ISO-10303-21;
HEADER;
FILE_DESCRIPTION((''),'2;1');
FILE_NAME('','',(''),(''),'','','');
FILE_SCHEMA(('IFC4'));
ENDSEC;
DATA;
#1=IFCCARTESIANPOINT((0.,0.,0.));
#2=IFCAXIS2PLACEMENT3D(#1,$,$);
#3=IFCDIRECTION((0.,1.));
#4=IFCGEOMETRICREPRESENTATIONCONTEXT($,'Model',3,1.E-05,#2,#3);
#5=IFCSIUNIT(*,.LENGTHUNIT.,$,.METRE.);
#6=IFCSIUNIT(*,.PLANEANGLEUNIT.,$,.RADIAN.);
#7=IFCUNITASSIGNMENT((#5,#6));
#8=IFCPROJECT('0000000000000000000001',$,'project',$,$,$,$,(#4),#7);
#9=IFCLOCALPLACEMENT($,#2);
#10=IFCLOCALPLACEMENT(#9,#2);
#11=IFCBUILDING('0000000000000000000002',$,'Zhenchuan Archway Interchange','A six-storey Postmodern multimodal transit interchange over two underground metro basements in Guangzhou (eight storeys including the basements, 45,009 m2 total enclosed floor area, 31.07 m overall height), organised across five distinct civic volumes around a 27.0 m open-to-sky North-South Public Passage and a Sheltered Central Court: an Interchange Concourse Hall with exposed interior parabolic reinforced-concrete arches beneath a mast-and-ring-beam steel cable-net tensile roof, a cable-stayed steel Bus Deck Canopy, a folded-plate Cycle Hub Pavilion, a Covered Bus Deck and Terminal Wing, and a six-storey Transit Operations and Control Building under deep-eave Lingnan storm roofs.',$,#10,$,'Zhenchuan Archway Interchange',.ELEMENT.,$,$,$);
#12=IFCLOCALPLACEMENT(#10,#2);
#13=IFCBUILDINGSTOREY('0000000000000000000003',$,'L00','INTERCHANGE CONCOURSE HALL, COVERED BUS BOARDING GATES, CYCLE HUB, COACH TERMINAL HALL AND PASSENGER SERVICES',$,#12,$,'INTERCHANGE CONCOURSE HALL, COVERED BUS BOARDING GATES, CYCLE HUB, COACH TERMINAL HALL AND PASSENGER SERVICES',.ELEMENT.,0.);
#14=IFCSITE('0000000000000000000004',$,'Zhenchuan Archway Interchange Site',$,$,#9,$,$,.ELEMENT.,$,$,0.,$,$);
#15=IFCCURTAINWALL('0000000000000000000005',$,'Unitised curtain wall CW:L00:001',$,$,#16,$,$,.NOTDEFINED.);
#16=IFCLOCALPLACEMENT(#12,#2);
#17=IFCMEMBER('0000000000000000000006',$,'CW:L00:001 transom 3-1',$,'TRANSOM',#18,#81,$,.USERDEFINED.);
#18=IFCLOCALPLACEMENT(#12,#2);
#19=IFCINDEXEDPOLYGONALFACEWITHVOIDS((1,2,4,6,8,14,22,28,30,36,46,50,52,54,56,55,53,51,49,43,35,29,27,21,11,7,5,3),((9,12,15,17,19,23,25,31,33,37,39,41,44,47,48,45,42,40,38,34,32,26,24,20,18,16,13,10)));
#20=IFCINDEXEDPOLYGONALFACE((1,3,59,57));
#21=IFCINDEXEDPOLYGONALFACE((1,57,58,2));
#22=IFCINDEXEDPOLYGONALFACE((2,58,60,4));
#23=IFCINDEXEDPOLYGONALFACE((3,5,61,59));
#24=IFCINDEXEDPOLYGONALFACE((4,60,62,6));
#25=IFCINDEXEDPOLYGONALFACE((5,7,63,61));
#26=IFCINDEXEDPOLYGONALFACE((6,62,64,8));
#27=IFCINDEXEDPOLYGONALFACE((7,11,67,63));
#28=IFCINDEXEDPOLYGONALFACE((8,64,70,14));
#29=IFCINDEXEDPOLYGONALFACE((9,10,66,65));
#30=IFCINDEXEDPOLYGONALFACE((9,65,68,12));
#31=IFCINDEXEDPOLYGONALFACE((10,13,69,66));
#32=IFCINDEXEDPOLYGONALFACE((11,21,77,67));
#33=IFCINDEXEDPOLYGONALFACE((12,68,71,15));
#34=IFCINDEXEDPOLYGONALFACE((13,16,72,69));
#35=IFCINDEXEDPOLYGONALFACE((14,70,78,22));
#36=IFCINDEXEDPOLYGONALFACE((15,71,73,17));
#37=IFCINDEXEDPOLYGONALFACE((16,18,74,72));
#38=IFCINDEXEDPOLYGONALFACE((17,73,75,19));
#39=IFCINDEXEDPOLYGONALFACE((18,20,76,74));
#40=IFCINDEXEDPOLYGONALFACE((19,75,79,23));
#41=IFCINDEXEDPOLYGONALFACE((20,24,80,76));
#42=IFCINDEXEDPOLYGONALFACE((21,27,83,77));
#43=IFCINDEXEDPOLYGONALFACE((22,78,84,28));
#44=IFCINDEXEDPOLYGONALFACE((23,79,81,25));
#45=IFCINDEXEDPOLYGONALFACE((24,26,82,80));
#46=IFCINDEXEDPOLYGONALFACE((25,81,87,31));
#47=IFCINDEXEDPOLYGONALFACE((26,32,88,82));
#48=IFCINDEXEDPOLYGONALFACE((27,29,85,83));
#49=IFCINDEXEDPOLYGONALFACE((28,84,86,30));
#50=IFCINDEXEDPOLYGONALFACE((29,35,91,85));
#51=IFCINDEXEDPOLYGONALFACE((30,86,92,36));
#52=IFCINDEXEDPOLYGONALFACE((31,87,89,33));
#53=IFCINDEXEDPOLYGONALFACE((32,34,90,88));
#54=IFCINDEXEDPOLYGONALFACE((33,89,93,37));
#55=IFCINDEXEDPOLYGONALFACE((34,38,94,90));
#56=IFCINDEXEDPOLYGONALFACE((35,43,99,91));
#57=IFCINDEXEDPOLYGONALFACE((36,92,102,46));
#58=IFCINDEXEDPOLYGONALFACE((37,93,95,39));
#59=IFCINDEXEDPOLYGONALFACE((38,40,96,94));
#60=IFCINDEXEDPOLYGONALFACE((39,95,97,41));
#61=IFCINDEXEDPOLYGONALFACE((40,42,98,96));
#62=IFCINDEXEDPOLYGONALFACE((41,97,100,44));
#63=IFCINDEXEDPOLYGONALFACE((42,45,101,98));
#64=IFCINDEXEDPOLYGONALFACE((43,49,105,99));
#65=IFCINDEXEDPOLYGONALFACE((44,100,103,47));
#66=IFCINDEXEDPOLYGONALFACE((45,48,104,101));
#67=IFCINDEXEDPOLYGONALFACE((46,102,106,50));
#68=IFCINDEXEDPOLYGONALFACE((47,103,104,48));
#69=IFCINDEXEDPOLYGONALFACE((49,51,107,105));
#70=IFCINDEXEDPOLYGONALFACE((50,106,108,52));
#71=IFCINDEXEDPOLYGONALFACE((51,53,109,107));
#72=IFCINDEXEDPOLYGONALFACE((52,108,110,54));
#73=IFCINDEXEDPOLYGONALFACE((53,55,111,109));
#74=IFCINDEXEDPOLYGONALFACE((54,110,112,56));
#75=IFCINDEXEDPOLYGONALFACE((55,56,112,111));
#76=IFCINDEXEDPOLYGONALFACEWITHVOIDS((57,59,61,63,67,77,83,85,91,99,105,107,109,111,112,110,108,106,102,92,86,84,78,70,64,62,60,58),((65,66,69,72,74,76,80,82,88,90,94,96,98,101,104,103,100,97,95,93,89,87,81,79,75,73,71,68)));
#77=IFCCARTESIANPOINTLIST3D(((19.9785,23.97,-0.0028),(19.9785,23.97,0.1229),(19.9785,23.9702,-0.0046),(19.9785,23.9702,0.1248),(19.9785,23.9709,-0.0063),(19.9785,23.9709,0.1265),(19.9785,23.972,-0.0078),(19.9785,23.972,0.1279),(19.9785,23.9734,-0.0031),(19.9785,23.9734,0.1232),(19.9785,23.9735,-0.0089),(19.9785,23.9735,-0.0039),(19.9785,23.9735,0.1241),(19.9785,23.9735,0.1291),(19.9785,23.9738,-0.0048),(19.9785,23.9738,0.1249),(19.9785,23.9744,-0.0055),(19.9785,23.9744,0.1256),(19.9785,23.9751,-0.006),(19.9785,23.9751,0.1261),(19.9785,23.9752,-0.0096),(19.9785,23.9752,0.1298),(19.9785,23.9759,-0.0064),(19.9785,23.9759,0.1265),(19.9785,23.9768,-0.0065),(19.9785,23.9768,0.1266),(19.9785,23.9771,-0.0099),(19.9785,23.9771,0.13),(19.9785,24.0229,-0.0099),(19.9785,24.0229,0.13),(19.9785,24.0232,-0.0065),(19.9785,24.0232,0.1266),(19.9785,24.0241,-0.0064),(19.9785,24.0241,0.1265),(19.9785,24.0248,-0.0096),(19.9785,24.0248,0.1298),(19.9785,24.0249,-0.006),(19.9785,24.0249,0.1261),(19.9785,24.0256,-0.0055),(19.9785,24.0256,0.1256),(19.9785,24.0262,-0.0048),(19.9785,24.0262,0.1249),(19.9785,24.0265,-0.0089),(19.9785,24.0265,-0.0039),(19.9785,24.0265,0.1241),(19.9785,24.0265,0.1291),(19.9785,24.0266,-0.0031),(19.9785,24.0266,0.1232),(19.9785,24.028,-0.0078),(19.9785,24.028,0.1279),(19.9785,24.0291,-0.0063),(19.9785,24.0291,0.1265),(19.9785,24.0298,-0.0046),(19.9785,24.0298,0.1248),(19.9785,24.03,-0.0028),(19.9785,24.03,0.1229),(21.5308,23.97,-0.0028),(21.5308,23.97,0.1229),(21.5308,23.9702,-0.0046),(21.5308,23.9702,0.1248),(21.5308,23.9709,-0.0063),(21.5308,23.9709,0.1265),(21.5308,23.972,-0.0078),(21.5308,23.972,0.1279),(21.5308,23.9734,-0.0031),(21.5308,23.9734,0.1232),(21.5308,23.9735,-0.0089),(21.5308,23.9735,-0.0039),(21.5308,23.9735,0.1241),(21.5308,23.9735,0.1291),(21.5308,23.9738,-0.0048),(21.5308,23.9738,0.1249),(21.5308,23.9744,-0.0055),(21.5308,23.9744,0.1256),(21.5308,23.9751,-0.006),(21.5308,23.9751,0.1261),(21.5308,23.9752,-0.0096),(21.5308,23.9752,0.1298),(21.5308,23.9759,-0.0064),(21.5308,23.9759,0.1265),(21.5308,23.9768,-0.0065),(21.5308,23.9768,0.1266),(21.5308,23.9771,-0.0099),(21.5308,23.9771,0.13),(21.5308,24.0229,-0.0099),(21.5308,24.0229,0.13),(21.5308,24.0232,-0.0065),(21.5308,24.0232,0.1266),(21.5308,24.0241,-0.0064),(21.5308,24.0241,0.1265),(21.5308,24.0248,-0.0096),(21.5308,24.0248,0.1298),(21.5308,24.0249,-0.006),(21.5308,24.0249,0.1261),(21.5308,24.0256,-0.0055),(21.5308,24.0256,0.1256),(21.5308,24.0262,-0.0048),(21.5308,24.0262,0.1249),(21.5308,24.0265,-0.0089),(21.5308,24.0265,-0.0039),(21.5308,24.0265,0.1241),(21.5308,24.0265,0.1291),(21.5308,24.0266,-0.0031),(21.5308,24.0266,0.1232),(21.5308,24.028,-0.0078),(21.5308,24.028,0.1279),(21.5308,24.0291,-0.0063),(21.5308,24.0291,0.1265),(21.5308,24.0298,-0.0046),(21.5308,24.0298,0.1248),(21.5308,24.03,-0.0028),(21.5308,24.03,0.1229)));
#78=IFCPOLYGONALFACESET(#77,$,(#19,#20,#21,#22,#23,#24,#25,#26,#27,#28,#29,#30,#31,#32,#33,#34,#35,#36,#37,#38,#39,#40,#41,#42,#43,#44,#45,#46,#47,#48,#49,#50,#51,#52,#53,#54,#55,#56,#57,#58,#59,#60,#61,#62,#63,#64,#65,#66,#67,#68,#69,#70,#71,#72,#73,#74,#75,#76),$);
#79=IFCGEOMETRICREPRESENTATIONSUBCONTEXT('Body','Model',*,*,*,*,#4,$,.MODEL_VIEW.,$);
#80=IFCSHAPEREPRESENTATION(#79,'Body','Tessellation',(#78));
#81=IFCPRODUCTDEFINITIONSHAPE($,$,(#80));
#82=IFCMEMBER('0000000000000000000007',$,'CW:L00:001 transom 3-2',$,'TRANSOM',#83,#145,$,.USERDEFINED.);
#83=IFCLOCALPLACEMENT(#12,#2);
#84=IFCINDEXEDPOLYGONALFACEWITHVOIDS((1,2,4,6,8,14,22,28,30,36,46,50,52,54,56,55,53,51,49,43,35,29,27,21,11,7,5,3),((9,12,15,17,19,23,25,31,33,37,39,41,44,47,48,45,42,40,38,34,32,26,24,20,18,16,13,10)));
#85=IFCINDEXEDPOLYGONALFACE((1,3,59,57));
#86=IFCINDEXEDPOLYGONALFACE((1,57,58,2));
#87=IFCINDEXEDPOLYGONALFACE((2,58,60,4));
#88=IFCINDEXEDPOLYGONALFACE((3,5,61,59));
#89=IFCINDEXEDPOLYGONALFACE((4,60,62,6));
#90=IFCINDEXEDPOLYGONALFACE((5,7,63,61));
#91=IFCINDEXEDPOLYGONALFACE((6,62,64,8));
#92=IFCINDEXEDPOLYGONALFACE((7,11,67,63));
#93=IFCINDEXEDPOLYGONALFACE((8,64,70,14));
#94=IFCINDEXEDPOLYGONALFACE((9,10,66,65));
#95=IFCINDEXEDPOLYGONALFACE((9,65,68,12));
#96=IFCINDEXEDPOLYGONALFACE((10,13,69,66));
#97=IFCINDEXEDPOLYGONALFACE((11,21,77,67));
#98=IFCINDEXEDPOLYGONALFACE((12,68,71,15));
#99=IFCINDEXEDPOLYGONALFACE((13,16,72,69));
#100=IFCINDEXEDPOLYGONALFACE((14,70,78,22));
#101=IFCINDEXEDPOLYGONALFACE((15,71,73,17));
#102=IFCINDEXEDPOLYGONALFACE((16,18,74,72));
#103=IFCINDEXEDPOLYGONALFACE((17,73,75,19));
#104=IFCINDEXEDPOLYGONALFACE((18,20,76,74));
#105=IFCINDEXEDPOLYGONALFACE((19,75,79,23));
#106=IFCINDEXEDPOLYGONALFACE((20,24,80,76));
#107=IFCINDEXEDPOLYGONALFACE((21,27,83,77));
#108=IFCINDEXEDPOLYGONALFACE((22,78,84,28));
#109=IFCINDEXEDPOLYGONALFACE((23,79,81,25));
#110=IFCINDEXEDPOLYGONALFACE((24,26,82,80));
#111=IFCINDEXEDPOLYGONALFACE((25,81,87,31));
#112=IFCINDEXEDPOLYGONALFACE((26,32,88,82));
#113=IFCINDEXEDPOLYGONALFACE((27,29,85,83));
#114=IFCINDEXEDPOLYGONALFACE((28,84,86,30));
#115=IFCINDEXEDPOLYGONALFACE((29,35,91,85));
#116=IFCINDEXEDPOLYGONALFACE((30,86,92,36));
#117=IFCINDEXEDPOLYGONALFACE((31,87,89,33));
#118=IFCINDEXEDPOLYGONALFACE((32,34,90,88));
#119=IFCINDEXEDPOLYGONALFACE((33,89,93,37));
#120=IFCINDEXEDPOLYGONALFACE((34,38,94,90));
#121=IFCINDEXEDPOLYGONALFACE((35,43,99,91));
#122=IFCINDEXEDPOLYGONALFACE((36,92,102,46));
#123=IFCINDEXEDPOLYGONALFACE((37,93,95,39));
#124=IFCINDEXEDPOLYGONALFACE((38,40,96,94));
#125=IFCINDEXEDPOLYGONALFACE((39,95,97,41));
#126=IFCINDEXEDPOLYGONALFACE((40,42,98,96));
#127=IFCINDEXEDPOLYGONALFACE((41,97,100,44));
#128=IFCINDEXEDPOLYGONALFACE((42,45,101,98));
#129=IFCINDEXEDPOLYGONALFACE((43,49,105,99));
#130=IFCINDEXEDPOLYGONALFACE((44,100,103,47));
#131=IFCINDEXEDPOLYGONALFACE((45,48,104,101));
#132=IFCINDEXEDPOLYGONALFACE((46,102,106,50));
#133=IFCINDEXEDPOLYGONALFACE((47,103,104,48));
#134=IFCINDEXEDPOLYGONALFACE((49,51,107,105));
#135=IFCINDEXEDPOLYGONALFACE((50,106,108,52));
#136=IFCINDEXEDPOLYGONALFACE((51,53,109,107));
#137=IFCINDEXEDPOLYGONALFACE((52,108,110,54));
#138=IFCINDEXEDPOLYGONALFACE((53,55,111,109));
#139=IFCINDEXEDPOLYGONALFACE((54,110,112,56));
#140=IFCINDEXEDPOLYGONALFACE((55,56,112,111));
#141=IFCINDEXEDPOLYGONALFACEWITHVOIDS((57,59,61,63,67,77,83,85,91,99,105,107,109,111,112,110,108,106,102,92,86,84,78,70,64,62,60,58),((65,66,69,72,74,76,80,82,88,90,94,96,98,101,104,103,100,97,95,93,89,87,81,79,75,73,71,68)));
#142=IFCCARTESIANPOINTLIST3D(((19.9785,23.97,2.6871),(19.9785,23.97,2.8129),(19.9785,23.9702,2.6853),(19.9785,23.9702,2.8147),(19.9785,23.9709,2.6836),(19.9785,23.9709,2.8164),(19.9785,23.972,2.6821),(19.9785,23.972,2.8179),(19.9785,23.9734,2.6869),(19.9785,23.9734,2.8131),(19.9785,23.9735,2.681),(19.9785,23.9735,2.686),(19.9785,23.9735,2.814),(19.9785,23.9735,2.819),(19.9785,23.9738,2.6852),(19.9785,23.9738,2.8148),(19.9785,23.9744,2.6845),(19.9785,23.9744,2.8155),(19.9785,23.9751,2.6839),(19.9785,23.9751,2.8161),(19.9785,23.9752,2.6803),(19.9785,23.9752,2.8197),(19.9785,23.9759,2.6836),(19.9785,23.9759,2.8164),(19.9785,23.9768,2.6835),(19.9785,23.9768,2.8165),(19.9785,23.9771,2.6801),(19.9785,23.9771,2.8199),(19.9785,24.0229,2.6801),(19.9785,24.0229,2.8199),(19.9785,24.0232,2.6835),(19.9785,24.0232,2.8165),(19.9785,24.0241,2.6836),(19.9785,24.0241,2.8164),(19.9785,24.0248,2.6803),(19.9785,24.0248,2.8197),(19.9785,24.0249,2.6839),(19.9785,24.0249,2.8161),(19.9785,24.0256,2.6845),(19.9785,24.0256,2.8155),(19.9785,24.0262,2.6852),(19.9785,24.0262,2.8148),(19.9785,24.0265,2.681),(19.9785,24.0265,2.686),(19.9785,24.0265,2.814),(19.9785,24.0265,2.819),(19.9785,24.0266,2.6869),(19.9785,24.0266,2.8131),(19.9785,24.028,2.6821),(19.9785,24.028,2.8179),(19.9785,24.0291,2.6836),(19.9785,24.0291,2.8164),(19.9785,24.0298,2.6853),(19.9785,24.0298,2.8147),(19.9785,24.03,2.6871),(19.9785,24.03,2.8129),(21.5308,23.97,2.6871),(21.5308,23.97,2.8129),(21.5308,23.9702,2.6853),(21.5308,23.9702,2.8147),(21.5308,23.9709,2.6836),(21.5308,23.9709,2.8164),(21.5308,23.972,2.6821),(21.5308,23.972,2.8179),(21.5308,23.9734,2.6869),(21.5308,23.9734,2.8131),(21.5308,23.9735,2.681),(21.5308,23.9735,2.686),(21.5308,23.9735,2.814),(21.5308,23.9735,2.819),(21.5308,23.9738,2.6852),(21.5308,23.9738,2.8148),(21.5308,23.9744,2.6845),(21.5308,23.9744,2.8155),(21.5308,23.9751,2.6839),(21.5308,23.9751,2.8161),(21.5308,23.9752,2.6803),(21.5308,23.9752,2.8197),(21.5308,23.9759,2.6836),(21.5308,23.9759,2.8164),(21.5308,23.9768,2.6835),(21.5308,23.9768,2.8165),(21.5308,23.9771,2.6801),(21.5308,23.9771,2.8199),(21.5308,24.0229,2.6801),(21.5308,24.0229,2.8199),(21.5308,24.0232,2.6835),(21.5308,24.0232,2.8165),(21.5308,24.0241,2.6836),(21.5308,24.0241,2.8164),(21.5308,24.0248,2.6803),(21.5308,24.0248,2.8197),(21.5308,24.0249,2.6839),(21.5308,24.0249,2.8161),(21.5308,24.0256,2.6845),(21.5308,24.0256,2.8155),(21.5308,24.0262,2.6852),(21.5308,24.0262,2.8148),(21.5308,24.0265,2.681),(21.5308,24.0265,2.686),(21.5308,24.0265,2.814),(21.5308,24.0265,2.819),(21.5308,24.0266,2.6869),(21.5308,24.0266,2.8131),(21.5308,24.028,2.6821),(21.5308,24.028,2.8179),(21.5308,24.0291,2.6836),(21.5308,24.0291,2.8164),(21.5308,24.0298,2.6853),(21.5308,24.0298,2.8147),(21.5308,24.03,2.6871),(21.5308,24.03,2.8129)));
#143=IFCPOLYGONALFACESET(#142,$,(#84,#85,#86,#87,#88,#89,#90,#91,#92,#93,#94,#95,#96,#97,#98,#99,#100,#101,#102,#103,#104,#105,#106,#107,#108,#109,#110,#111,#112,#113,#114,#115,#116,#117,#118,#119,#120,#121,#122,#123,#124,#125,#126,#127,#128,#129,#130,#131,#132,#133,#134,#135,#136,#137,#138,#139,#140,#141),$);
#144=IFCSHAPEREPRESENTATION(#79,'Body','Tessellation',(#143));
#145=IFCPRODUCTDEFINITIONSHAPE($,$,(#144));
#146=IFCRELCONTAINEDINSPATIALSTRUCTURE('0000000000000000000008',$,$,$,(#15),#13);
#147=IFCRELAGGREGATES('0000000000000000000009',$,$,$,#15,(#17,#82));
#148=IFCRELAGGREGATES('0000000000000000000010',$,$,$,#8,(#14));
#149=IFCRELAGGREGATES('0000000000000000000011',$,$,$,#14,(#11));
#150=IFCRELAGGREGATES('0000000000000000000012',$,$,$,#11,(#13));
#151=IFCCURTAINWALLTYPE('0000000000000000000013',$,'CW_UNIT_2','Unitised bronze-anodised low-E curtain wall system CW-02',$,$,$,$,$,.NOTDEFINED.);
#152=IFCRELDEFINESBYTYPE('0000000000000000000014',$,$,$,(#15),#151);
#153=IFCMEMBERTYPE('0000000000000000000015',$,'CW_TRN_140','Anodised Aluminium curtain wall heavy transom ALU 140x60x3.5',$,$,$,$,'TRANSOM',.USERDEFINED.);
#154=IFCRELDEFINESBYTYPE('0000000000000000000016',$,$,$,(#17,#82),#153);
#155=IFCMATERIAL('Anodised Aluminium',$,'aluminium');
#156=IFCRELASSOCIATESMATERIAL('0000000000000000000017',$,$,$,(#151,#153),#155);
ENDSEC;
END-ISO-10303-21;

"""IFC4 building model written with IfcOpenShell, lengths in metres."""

from ifc_helpers import new_model, si_unit, direction, frame, origin, origin_2d, place, context, subcontext, project, spatial, hollow_rectangle, extrude, material, material_profile, profile_set, type_object, element, aggregate, save


model = new_model("IFC4")

# Units and contexts
model_context = context("Model", 3, precision=1e-05, world=origin(), true_north=direction((0.0, 1.0)))
body_context = subcontext(model_context, "Body", "Model", "MODEL_VIEW")
ifc_project = project(units=[si_unit("LENGTHUNIT", "METRE"), si_unit("PLANEANGLEUNIT", "RADIAN")], contexts=[model_context])

# Site, building, storey
site_placement = place(None, origin())
site = spatial("IfcSite", under=ifc_project, at=site_placement, Name="Zhenchuan Archway Interchange Site", CompositionType="ELEMENT", RefElevation=0.0)
building_placement = place(site_placement, origin())
building = spatial("IfcBuilding", under=site, at=building_placement, Name="Zhenchuan Archway Interchange", Description="A six-storey Postmodern multimodal transit interchange over two underground metro basements in Guangzhou (eight storeys including the basements, 45,009 m2 total enclosed floor area, 31.07 m overall height), organised across five distinct civic volumes around a 27.0 m open-to-sky North-South Public Passage and a Sheltered Central Court: an Interchange Concourse Hall with exposed interior parabolic reinforced-concrete arches beneath a mast-and-ring-beam steel cable-net tensile roof, a cable-stayed steel Bus Deck Canopy, a folded-plate Cycle Hub Pavilion, a Covered Bus Deck and Terminal Wing, and a six-storey Transit Operations and Control Building under deep-eave Lingnan storm roofs.", LongName="Zhenchuan Archway Interchange", CompositionType="ELEMENT")
storey_placement = place(building_placement, origin())
storey = spatial("IfcBuildingStorey", under=building, at=storey_placement, Name="L00", Description="INTERCHANGE CONCOURSE HALL, COVERED BUS BOARDING GATES, CYCLE HUB, COACH TERMINAL HALL AND PASSENGER SERVICES", LongName="INTERCHANGE CONCOURSE HALL, COVERED BUS BOARDING GATES, CYCLE HUB, COACH TERMINAL HALL AND PASSENGER SERVICES", CompositionType="ELEMENT", Elevation=0.0)

# Curtain wall, members
ifc_material_1 = material(Name="Anodised Aluminium", Category="aluminium")
curtain_wall_type = type_object("IfcCurtainWallType", Name="CW_UNIT_2", Description="Unitised bronze-anodised low-E curtain wall system CW-02", PredefinedType="NOTDEFINED", material=ifc_material_1)
curtain_wall_placement = place(storey_placement, origin())
curtain_wall = element("IfcCurtainWall", 1, at=curtain_wall_placement, inside=storey, type_object=curtain_wall_type, Name="Unitised curtain wall CW:L00:001", PredefinedType="NOTDEFINED")
ifc_material_profile_1 = material_profile(ifc_material_1, hollow_rectangle(XDim=0.0601, YDim=0.1399, WallThickness=0.0034, InnerFilletRadius=0.0034, OuterFilletRadius=0.0071, at=origin_2d()), Name="ALU 140x60x3.5")
ifc_profile_set_1 = profile_set([ifc_material_profile_1], Name="Anodised Aluminium")
member_type_1 = type_object("IfcMemberType", Name="CW_TRN_140", Description="Anodised Aluminium curtain wall heavy transom ALU 140x60x3.5", ElementType="TRANSOM", PredefinedType="USERDEFINED", material=ifc_profile_set_1)
member_1_placement = place(storey_placement, frame((21.5308, 24.0, 0.0601), z_axis=(-1.0, 0.0, 0.0), x_axis=(0.0, -1.0, 0.0)))
member_1 = element("IfcMember", 2, at=member_1_placement, type_object=member_type_1, Name="CW:L00:001 transom 3-1", ObjectType="TRANSOM", PredefinedType="USERDEFINED", context=body_context, shape_type="SweptSolid", body=[
    extrude(hollow_rectangle(XDim=0.0601, YDim=0.1399, WallThickness=0.0034, InnerFilletRadius=0.0034, OuterFilletRadius=0.0071, at=origin_2d()), origin(), (0.0, 0.0, 1.0), 1.5522),
])
member_2_placement = place(storey_placement, frame((21.5308, 24.0, 2.75), z_axis=(-1.0, 0.0, 0.0), x_axis=(0.0, -1.0, 0.0)))
member_2 = element("IfcMember", 3, at=member_2_placement, type_object=member_type_1, Name="CW:L00:001 transom 3-2", ObjectType="TRANSOM", PredefinedType="USERDEFINED", context=body_context, shape_type="SweptSolid", body=[
    extrude(hollow_rectangle(XDim=0.0601, YDim=0.1399, WallThickness=0.0034, InnerFilletRadius=0.0034, OuterFilletRadius=0.0071, at=origin_2d()), origin(), (0.0, 0.0, 1.0), 1.5522),
])

aggregate(curtain_wall, [member_1, member_2])

save(model, "model.ifc")
